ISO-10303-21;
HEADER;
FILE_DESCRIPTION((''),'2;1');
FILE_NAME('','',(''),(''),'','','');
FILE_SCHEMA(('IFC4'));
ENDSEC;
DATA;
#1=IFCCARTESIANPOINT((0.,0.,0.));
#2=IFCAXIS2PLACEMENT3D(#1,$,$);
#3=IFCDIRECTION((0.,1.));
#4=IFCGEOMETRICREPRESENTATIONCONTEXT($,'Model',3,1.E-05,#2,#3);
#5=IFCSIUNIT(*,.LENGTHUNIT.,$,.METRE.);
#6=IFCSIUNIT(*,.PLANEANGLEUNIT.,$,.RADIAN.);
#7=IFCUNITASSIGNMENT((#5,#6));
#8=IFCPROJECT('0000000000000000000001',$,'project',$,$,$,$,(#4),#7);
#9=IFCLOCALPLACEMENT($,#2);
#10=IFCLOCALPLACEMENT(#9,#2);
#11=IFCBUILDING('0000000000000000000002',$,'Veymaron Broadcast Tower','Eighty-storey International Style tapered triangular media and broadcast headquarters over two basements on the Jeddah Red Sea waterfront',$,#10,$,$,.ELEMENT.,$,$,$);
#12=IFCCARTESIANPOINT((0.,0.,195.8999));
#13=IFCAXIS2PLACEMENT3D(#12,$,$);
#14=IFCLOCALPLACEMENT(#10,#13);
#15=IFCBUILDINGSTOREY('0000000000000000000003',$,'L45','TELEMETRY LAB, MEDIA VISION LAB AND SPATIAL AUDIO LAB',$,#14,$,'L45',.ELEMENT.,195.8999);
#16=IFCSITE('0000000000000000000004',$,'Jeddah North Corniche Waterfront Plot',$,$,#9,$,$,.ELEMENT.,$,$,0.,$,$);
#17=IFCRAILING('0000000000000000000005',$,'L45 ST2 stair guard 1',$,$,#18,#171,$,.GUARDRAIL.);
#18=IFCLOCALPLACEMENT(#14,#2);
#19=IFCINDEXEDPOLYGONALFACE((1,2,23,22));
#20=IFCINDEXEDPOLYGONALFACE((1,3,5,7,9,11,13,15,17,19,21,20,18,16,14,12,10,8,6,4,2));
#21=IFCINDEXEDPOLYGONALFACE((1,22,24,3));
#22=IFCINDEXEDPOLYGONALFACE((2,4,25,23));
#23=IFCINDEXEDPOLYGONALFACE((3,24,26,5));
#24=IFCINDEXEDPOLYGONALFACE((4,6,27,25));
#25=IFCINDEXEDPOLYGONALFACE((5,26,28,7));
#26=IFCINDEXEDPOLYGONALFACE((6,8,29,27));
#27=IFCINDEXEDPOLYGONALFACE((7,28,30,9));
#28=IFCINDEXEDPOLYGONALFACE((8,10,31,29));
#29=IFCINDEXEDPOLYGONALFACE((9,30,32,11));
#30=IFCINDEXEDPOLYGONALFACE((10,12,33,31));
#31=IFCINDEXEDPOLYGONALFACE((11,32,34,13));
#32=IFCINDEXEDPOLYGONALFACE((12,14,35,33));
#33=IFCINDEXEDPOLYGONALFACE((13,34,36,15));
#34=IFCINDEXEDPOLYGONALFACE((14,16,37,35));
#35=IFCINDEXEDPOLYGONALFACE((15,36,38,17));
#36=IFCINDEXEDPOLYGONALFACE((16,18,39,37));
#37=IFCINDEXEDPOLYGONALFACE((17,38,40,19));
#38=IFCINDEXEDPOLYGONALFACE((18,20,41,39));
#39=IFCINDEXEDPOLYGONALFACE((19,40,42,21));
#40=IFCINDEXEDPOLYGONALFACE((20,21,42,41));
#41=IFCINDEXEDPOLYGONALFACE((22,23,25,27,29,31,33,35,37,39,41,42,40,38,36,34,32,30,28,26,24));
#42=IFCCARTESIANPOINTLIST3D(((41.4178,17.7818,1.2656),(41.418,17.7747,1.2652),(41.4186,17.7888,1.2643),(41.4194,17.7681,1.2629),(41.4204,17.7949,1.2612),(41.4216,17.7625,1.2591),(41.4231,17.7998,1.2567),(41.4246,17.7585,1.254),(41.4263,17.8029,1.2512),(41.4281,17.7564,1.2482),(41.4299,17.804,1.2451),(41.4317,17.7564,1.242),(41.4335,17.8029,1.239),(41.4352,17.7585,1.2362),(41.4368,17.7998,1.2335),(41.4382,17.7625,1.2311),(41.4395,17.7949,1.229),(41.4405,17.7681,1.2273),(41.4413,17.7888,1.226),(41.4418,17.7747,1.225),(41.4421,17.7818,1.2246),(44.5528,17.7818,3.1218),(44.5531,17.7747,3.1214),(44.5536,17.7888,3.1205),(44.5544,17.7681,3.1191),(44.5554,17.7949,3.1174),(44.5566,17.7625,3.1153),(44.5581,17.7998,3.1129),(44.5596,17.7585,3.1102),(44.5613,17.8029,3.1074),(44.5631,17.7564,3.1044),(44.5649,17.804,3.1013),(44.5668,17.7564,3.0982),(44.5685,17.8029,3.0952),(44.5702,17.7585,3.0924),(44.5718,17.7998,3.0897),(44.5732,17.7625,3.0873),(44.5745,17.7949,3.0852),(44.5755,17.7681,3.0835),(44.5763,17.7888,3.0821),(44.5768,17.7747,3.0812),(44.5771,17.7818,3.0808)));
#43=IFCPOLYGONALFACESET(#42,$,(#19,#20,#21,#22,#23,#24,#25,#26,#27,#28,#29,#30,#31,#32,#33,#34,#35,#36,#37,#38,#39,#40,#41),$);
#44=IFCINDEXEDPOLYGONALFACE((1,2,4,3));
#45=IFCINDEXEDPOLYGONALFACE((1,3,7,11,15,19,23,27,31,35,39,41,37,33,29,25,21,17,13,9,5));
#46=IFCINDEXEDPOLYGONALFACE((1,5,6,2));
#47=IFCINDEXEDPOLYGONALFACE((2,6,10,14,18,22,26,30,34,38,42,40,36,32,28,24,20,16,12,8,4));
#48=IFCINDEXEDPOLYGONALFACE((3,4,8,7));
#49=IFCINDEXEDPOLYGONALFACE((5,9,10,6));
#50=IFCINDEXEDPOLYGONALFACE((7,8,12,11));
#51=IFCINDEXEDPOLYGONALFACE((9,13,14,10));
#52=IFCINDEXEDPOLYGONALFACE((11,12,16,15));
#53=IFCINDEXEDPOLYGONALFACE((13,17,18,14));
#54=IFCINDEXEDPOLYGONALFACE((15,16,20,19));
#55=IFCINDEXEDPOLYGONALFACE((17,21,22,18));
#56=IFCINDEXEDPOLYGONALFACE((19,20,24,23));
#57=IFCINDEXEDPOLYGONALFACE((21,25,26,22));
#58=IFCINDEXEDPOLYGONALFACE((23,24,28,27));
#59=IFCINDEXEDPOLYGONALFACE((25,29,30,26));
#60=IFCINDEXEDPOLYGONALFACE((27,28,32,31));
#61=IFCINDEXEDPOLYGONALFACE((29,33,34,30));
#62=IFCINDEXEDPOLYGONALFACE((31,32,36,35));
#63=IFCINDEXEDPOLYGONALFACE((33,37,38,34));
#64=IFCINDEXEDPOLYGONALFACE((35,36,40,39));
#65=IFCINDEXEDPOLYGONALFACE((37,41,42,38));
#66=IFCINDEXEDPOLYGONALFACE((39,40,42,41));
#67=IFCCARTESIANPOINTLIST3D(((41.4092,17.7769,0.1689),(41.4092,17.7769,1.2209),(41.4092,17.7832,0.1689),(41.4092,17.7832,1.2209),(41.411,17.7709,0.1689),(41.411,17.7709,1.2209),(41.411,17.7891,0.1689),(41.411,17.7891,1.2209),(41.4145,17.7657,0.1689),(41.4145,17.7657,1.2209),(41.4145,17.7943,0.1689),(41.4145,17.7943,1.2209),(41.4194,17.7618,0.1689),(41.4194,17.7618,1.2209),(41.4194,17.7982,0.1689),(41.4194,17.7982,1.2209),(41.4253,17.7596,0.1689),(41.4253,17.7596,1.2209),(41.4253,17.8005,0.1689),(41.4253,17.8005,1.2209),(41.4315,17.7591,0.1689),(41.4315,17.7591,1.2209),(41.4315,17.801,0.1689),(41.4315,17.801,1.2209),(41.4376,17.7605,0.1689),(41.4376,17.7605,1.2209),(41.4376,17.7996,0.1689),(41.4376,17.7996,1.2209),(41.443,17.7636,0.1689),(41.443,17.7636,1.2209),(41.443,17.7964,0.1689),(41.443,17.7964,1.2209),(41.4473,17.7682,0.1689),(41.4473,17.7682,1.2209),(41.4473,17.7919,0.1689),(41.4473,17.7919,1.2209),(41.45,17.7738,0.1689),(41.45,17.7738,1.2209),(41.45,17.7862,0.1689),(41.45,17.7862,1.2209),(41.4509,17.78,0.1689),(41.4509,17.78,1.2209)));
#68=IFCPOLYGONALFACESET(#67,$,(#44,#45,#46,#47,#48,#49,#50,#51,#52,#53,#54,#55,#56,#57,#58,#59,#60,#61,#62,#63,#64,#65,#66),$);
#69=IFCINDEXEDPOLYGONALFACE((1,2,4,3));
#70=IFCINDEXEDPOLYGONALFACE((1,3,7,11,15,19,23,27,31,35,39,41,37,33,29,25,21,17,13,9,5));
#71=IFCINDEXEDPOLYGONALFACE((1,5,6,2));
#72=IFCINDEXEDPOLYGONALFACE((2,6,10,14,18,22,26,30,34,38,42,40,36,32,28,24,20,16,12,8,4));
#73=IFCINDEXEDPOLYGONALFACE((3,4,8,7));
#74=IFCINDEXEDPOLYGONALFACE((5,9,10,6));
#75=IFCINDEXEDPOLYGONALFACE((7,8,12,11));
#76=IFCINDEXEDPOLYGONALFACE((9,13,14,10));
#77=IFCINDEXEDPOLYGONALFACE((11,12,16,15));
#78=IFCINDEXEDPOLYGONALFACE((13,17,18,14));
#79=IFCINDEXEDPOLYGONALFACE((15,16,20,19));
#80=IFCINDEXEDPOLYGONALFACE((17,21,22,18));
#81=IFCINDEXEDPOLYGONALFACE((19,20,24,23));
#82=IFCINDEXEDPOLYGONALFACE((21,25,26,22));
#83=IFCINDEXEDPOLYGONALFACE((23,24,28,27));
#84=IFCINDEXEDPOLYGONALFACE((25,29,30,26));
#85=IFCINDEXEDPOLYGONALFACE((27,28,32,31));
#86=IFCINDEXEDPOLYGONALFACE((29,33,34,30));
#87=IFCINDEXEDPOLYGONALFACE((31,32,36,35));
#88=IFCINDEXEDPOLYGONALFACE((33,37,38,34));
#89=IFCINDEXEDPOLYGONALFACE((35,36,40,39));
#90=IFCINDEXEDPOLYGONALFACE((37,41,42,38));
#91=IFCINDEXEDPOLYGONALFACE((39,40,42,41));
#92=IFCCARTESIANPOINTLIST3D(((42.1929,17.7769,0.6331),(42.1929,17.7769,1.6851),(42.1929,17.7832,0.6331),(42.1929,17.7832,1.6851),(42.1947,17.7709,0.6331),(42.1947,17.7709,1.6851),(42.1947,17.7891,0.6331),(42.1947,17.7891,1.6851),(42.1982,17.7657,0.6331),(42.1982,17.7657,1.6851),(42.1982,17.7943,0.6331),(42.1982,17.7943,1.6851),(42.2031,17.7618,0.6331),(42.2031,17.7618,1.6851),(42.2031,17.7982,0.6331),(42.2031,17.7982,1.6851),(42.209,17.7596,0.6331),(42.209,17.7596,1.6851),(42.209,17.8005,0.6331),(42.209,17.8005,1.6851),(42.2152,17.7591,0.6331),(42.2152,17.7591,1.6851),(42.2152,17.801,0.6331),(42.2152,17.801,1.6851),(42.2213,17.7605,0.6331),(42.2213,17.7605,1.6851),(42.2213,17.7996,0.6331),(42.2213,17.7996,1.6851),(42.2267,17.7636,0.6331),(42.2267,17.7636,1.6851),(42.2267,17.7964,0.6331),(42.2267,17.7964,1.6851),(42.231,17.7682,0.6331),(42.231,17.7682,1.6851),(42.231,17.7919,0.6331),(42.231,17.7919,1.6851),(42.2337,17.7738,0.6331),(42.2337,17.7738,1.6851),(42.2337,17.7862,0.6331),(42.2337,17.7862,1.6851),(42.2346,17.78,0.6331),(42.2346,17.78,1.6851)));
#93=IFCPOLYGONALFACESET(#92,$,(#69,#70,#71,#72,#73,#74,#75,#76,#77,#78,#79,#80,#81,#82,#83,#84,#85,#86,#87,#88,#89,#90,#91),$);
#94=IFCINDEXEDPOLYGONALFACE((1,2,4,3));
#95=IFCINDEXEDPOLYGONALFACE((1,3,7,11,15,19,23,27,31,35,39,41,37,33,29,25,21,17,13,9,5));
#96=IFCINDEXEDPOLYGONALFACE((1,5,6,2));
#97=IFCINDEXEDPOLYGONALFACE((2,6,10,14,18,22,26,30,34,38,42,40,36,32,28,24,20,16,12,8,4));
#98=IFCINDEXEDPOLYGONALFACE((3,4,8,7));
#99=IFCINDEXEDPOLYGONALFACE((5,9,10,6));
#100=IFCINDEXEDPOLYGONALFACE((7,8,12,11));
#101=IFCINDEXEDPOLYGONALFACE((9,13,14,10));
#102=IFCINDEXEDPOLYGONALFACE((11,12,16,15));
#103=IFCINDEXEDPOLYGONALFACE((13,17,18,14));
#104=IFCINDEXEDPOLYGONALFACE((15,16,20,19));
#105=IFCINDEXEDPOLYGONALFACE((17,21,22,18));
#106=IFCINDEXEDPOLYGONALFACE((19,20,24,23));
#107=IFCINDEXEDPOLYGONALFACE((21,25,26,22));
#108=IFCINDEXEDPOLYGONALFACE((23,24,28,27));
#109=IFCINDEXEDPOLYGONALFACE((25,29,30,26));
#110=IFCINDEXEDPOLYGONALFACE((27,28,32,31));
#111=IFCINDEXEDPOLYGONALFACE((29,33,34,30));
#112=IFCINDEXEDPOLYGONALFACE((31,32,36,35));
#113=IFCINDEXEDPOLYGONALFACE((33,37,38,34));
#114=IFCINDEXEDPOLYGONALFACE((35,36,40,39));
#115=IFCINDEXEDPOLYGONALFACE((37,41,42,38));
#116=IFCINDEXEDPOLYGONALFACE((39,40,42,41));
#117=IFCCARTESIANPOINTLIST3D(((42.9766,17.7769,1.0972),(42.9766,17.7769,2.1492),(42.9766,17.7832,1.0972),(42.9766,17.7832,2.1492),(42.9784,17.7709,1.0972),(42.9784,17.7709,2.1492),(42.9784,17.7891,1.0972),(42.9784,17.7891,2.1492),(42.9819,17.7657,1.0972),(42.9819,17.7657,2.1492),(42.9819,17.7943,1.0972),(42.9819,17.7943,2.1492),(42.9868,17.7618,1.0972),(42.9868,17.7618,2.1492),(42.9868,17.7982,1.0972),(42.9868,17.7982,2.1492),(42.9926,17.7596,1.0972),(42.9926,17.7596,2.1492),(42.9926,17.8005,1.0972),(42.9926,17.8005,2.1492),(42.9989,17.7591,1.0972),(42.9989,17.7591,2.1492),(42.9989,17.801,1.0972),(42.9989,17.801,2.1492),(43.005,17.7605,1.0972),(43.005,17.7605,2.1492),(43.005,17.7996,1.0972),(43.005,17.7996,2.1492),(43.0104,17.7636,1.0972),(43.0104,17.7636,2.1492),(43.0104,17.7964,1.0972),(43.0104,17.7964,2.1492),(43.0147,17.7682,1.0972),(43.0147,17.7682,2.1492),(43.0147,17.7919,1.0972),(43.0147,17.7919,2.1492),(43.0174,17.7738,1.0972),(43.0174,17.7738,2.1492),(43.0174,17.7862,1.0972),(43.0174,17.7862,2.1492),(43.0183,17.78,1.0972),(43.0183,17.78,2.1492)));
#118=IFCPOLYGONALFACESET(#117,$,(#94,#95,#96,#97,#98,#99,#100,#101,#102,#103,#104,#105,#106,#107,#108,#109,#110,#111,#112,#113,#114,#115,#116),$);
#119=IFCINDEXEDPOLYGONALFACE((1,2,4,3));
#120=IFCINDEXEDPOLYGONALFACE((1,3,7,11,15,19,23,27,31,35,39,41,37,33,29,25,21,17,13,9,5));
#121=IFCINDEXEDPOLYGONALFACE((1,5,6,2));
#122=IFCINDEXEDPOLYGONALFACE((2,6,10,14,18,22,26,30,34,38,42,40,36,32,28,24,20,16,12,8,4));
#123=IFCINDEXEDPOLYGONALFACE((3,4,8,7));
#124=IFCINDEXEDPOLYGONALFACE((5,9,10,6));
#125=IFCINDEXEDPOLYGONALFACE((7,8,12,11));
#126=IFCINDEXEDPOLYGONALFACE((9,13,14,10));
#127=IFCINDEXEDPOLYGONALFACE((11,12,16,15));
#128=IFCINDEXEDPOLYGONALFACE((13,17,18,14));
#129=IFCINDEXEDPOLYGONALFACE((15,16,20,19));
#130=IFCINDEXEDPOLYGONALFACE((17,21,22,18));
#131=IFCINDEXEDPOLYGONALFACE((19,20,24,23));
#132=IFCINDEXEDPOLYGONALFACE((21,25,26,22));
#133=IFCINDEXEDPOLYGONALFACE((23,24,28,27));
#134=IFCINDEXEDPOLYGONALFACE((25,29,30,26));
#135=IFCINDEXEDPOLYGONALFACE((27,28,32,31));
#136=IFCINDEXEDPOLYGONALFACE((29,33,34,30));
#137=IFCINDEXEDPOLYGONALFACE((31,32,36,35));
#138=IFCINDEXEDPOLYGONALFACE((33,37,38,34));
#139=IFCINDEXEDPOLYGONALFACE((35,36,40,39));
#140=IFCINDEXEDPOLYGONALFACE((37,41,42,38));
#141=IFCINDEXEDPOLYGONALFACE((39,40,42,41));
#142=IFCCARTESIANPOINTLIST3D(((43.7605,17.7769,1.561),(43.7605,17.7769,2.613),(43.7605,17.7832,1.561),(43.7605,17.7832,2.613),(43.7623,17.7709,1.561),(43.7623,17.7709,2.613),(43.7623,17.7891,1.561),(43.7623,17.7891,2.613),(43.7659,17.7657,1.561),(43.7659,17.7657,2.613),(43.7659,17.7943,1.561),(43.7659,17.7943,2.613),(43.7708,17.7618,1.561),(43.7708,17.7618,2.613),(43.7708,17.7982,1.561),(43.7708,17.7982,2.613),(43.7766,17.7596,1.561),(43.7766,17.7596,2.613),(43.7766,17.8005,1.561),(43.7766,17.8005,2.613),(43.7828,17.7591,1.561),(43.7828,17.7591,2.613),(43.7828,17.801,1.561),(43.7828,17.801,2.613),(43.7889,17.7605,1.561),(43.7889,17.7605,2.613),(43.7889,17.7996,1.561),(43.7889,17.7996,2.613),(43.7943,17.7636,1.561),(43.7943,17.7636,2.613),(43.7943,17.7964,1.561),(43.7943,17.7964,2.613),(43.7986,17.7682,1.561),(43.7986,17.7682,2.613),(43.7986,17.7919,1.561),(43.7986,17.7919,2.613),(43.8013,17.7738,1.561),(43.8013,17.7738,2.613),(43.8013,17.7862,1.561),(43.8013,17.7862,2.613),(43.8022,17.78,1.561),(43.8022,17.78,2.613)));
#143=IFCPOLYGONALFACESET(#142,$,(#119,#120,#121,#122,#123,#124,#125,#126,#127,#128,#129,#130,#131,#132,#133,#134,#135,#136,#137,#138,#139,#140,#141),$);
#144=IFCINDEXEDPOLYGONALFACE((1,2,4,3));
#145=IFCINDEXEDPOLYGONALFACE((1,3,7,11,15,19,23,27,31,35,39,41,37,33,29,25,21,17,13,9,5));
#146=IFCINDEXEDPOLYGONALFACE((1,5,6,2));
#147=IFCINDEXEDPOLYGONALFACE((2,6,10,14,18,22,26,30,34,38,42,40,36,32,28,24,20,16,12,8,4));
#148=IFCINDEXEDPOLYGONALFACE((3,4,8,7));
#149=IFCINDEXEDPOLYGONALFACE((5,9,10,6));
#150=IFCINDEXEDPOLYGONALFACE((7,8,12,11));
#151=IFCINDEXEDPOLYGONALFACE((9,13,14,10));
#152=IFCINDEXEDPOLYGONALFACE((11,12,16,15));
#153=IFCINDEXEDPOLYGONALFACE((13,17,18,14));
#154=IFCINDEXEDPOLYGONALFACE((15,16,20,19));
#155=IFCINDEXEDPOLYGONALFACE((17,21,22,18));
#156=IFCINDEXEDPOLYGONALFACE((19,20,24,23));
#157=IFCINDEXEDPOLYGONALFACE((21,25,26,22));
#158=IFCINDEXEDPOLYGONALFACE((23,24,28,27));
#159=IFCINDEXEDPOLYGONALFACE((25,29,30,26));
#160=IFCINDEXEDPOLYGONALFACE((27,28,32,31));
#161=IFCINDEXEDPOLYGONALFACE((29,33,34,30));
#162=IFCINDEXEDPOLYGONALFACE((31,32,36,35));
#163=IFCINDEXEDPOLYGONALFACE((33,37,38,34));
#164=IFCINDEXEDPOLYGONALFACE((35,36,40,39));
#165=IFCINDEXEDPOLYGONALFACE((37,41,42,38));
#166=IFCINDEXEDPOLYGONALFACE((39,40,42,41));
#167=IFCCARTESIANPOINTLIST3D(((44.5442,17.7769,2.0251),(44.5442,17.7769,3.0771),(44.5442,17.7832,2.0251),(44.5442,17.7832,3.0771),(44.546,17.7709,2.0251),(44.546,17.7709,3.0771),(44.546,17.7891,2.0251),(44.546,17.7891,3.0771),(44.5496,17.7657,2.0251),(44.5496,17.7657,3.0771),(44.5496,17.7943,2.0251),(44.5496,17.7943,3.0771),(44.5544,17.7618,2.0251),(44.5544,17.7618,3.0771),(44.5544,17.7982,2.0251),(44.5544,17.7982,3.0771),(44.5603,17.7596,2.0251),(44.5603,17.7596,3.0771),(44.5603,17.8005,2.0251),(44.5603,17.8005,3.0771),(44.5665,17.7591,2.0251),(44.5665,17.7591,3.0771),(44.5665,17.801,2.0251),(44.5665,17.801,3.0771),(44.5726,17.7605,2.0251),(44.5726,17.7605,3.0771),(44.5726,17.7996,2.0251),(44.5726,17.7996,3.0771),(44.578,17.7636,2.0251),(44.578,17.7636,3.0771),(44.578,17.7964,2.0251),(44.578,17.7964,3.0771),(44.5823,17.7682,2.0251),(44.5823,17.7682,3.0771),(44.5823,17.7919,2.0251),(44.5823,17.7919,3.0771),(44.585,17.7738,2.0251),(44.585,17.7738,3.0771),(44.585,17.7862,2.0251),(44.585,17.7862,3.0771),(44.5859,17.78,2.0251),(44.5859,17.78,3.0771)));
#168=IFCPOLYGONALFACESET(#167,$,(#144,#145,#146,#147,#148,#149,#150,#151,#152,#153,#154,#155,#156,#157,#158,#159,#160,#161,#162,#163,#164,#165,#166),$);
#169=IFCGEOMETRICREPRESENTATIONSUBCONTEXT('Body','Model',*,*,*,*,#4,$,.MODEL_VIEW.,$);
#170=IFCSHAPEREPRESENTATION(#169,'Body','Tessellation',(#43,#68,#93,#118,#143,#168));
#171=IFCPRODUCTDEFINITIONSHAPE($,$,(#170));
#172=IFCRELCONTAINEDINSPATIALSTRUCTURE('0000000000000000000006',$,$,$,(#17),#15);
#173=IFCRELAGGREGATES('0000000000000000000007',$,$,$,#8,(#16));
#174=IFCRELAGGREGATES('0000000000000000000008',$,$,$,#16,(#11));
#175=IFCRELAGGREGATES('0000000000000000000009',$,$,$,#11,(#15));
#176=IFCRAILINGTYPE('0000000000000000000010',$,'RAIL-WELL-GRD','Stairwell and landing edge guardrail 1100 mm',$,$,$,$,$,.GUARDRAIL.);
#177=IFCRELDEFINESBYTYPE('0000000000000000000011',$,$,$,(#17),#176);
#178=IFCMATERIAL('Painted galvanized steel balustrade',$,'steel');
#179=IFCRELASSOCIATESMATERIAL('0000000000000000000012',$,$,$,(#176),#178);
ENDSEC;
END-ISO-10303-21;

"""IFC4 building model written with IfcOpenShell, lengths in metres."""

from ifc_helpers import new_model, si_unit, direction, frame, origin, origin_2d, place, context, subcontext, project, spatial, circle, extrude, material, type_object, element, save


model = new_model("IFC4")

# Units and contexts
model_context = context("Model", 3, precision=1e-05, world=origin(), true_north=direction((0.0, 1.0)))
body_context = subcontext(model_context, "Body", "Model", "MODEL_VIEW")
ifc_project = project(units=[si_unit("LENGTHUNIT", "METRE"), si_unit("PLANEANGLEUNIT", "RADIAN")], contexts=[model_context])

# Site, building, storey
site_placement = place(None, origin())
site = spatial("IfcSite", under=ifc_project, at=site_placement, Name="Jeddah North Corniche Waterfront Plot", CompositionType="ELEMENT", RefElevation=0.0)
building_placement = place(site_placement, origin())
building = spatial("IfcBuilding", under=site, at=building_placement, Name="Veymaron Broadcast Tower", Description="Eighty-storey International Style tapered triangular media and broadcast headquarters over two basements on the Jeddah Red Sea waterfront", CompositionType="ELEMENT")
storey_placement = place(building_placement, frame((0.0, 0.0, 195.8999)))
storey = spatial("IfcBuildingStorey", under=building, at=storey_placement, Name="L45", Description="TELEMETRY LAB, MEDIA VISION LAB AND SPATIAL AUDIO LAB", LongName="L45", CompositionType="ELEMENT", Elevation=195.8999)

# Railing
ifc_material_1 = material(Name="Painted galvanized steel balustrade", Category="steel")
railing_type_1 = type_object("IfcRailingType", Name="RAIL-WELL-GRD", Description="Stairwell and landing edge guardrail 1100 mm", PredefinedType="GUARDRAIL", material=ifc_material_1)
railing_1_placement = place(storey_placement, frame((41.4299, 17.78, 0.1689)))
element("IfcRailing", 1, at=railing_1_placement, inside=storey, type_object=railing_type_1, Name="L45 ST2 stair guard 1", PredefinedType="GUARDRAIL", context=body_context, shape_type="SweptSolid", body=[
    extrude(circle(Radius=0.0239, at=origin_2d()), frame((0.0, 0.0, 1.0762), z_axis=(0.860482, 0.0, 0.509481), x_axis=(0.0, 1.0, 0.0)), (0.0, 0.0, 1.0), 3.6433),
    extrude(circle(Radius=0.021, at=origin_2d()), origin(), (0.0, 0.0, 1.0), 1.052),
    extrude(circle(Radius=0.021, at=origin_2d()), frame((0.7837, 0.0, 0.4641)), (0.0, 0.0, 1.0), 1.052),
    extrude(circle(Radius=0.021, at=origin_2d()), frame((1.5674, 0.0, 0.9282)), (0.0, 0.0, 1.0), 1.052),
    extrude(circle(Radius=0.021, at=origin_2d()), frame((2.3513, 0.0, 1.3921)), (0.0, 0.0, 1.0), 1.052),
    extrude(circle(Radius=0.021, at=origin_2d()), frame((3.135, 0.0, 1.8562)), (0.0, 0.0, 1.0), 1.052),
])

save(model, "model.ifc")
